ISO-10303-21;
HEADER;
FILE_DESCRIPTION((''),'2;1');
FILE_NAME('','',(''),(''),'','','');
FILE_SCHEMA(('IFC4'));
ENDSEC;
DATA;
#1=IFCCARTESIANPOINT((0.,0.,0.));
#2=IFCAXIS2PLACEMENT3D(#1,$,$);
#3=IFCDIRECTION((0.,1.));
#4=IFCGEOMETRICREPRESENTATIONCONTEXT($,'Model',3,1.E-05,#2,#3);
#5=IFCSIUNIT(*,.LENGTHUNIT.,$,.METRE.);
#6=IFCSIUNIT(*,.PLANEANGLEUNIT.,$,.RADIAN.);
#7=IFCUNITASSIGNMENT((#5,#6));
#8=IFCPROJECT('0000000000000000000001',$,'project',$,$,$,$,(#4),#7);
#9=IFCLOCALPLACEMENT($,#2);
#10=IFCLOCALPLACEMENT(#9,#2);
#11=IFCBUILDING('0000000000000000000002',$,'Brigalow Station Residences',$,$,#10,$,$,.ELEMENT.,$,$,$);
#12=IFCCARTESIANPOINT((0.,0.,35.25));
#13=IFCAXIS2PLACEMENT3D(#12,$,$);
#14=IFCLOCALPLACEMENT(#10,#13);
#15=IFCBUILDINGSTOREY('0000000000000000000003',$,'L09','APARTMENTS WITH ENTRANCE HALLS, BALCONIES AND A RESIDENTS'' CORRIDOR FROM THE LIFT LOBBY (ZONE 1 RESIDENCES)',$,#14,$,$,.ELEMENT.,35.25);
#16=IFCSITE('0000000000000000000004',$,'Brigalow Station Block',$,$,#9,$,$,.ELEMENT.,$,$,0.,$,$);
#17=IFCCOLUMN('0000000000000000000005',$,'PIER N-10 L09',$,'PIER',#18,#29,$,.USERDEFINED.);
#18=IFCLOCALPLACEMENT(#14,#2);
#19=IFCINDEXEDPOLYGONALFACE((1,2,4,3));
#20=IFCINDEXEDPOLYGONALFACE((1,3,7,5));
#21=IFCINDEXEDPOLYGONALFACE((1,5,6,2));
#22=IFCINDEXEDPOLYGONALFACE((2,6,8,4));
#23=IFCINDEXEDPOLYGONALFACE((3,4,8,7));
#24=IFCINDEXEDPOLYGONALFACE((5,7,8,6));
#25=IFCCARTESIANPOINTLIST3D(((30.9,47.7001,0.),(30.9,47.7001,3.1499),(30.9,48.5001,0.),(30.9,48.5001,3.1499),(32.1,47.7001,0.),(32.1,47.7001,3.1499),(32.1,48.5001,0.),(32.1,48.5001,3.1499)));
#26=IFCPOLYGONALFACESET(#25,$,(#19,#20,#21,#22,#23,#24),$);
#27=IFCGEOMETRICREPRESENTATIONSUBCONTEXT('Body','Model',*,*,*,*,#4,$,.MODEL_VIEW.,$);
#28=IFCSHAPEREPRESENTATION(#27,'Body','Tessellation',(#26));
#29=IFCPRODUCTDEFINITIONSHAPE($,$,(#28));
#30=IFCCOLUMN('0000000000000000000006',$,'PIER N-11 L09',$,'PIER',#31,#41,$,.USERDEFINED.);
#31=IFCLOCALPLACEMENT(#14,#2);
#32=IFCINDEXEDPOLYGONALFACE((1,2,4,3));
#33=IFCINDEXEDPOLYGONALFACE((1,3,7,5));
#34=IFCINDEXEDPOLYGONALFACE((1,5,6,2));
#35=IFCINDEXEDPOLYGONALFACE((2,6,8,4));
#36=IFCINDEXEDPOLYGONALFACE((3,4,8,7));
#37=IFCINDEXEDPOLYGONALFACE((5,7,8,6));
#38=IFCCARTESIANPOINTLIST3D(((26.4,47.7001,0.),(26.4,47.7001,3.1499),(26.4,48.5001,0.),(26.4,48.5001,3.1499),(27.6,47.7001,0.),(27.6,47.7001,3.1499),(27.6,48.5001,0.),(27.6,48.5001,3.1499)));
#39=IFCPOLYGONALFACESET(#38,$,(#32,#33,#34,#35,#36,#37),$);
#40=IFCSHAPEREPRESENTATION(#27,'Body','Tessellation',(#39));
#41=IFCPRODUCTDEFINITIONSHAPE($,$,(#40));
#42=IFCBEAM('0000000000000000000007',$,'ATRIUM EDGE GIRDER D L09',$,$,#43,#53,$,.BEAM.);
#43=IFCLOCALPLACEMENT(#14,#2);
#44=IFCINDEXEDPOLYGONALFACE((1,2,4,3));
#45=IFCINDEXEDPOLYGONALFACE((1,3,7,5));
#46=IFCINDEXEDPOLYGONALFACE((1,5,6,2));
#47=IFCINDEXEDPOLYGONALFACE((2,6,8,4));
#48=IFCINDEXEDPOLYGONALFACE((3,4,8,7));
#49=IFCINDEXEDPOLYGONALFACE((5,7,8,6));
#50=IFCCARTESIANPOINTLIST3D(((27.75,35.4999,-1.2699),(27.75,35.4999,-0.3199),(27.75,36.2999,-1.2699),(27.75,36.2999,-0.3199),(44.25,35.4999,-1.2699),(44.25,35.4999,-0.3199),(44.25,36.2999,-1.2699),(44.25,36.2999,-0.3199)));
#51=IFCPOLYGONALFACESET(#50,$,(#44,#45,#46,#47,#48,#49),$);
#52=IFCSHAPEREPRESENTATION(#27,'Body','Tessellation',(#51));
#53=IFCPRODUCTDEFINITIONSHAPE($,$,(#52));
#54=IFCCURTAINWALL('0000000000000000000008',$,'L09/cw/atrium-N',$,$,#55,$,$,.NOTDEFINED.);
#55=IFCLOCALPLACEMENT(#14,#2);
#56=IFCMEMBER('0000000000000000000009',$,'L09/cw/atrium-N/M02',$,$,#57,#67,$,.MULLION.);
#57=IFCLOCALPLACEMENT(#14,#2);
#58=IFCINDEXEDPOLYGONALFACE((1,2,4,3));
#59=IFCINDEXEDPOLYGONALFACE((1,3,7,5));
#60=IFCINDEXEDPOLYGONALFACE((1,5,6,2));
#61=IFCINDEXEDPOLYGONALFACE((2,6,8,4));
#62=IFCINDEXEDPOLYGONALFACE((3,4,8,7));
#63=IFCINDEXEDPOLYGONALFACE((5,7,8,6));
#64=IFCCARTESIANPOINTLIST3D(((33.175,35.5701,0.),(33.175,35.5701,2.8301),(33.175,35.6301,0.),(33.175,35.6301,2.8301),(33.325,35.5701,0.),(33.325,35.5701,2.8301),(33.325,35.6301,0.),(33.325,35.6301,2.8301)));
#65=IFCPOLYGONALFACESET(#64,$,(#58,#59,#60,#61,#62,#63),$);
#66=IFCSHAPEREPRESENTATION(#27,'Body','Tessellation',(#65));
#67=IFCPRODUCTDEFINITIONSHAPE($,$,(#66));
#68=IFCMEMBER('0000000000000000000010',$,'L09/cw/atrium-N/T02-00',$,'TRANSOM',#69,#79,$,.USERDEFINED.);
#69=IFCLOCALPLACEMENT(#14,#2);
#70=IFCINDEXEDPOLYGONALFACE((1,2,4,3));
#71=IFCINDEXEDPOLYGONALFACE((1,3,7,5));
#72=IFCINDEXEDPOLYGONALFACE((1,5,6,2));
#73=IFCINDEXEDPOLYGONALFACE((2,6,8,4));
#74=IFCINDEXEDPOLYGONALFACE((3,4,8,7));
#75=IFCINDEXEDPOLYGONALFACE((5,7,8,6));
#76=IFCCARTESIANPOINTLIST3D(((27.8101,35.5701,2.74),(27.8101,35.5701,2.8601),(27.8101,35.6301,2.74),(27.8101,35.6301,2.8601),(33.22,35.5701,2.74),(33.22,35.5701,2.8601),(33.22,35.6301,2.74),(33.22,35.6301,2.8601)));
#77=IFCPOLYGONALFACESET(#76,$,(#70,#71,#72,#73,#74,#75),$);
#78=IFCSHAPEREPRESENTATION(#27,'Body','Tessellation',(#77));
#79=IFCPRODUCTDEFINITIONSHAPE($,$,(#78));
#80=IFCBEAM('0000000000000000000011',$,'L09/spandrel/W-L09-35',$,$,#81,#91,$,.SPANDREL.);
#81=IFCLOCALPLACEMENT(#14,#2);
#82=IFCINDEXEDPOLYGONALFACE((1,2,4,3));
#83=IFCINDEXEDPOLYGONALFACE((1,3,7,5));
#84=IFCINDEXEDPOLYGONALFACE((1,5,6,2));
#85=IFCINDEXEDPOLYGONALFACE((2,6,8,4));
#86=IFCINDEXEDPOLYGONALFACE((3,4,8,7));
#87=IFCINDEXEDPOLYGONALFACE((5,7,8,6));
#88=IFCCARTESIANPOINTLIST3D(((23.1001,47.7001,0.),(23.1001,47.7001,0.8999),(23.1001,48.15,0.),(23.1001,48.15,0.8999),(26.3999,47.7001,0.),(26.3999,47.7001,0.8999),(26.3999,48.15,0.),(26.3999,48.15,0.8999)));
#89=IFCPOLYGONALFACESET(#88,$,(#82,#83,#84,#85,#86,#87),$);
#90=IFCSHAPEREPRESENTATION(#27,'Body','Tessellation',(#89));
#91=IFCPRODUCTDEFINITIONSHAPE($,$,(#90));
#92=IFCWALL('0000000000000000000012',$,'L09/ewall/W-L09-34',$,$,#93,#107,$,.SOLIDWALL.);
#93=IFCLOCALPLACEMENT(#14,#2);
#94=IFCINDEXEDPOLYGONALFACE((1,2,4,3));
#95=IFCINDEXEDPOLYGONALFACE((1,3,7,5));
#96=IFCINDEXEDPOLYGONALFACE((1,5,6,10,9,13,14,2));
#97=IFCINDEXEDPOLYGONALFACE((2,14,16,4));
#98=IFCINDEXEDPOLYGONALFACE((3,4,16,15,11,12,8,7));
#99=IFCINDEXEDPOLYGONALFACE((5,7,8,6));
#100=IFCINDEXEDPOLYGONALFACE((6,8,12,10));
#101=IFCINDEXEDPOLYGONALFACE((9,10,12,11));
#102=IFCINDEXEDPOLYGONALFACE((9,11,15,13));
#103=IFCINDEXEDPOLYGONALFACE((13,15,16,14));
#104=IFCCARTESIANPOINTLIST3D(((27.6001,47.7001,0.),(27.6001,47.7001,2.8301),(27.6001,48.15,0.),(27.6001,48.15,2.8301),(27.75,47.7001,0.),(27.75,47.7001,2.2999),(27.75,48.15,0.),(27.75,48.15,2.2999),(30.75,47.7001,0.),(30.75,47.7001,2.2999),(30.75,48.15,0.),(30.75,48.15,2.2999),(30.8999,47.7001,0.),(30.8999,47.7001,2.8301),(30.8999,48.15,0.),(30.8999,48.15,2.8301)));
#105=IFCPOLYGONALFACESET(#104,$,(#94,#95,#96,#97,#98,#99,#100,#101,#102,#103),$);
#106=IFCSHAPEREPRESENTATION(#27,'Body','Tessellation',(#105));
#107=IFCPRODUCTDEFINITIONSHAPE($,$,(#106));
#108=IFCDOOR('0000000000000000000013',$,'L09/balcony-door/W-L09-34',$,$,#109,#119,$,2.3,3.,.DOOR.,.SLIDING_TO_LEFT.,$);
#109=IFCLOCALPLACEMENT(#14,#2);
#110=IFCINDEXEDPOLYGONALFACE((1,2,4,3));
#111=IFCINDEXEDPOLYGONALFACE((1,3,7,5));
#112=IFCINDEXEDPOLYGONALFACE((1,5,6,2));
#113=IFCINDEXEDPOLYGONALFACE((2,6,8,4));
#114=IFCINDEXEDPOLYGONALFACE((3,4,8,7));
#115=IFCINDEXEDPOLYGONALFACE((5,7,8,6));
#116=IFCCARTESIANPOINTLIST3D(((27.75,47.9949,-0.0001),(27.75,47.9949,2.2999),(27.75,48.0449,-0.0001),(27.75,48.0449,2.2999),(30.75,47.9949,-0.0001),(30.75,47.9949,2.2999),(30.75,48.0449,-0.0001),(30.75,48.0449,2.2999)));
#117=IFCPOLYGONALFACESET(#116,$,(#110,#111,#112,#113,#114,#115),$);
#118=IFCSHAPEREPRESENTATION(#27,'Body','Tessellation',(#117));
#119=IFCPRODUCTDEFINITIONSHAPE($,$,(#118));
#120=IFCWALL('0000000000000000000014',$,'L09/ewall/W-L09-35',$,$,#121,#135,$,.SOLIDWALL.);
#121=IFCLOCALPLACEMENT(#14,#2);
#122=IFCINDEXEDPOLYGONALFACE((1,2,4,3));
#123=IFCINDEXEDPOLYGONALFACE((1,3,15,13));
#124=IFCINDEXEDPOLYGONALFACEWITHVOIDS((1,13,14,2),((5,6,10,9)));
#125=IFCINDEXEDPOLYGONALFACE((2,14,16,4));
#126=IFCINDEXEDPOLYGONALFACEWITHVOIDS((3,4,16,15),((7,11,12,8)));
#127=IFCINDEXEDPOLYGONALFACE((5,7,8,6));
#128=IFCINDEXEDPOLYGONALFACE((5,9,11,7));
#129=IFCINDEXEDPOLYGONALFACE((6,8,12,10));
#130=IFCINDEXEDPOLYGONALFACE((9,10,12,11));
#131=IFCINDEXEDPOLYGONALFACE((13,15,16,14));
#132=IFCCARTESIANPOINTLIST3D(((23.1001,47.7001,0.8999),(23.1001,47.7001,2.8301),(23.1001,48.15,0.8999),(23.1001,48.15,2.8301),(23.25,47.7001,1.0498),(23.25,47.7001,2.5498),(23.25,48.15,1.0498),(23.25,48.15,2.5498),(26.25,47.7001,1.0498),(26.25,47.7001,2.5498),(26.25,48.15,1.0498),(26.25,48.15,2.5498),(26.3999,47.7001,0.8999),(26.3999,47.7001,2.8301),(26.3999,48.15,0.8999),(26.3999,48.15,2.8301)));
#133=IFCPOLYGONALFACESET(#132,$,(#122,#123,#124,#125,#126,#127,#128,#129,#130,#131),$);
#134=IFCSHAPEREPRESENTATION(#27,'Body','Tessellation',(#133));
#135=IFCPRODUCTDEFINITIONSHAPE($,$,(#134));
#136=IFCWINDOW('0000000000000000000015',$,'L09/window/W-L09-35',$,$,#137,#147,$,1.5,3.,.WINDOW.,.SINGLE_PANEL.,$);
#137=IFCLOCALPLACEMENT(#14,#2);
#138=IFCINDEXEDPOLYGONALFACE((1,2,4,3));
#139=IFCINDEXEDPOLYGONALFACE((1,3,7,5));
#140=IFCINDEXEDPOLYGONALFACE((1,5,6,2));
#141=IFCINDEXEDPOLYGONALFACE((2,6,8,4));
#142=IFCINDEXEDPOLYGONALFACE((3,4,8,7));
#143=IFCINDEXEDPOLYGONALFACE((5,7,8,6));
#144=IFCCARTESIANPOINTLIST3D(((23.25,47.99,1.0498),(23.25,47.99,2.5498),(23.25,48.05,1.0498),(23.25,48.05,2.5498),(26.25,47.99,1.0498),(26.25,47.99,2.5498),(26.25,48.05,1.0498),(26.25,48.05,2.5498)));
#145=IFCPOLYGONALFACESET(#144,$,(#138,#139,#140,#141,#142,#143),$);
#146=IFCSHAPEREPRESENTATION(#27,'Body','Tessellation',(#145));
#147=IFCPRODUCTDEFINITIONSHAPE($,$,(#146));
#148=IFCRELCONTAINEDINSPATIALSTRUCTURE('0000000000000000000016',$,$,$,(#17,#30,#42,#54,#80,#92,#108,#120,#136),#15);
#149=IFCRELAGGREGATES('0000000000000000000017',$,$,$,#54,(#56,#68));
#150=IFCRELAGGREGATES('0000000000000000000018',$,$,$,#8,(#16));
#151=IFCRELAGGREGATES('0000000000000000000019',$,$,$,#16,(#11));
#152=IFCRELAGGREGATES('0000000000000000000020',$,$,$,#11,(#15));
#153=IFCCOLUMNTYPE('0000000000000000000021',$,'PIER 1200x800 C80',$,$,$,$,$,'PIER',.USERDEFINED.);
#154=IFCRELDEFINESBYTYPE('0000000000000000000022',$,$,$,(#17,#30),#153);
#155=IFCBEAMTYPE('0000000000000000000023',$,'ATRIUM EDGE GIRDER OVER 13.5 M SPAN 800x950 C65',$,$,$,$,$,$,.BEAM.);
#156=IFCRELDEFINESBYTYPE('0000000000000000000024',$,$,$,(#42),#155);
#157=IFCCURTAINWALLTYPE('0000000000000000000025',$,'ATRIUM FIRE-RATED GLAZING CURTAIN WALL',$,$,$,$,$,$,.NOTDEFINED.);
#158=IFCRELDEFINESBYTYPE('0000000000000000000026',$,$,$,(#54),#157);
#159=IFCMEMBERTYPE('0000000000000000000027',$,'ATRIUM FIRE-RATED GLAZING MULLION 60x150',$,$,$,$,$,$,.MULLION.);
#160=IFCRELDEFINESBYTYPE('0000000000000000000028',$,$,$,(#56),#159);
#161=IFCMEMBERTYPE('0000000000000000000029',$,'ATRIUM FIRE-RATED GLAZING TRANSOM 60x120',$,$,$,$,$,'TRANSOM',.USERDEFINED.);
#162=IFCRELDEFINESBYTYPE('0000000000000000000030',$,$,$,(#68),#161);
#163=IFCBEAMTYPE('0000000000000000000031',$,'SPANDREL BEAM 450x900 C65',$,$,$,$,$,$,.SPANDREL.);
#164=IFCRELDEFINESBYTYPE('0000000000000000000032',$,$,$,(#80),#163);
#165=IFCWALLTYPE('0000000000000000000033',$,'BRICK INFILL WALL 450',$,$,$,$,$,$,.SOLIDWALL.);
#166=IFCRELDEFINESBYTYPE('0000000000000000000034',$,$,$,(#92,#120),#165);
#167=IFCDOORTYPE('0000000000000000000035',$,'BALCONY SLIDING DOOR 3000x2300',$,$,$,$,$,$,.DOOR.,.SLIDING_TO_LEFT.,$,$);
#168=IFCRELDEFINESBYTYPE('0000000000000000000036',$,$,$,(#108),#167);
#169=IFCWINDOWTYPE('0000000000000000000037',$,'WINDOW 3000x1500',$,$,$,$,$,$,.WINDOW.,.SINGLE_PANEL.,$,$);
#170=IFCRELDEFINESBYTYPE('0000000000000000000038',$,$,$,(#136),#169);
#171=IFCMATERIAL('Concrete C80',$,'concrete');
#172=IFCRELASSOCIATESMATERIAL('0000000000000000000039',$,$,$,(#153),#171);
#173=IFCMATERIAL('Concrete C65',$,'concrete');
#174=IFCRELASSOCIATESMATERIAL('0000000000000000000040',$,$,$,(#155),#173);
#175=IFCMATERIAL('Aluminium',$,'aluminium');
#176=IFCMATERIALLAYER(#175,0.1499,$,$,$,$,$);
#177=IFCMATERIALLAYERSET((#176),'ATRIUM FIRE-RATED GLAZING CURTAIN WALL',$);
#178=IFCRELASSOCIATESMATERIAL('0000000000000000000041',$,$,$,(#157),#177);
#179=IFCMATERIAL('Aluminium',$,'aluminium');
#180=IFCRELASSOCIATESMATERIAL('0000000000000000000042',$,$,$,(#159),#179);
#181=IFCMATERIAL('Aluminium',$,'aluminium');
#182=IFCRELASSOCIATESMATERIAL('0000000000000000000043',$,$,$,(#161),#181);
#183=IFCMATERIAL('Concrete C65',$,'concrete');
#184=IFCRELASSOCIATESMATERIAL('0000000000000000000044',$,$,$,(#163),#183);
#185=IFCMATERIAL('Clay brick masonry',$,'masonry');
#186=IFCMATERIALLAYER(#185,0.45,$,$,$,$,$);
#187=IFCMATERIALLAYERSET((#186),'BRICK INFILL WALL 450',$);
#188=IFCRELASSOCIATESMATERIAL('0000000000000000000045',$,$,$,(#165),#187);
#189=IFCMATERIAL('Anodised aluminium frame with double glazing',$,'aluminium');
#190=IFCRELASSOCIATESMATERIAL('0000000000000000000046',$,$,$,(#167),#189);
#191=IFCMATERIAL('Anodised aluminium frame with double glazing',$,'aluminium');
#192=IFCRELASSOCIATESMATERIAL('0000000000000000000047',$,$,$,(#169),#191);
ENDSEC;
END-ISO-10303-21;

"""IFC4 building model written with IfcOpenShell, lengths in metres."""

from ifc_helpers import new_model, si_unit, direction, frame, frame_2d, origin, origin_2d, place, context, subcontext, project, spatial, rectangle, extrude, material, layer, layer_set, material_profile, profile_set, type_object, element, fill, aggregate, save


model = new_model("IFC4")

# Units and contexts
model_context = context("Model", 3, precision=1e-05, world=origin(), true_north=direction((0.0, 1.0)))
body_context = subcontext(model_context, "Body", "Model", "MODEL_VIEW")
ifc_project = project(units=[si_unit("LENGTHUNIT", "METRE"), si_unit("PLANEANGLEUNIT", "RADIAN")], contexts=[model_context])

# Site, building, storey
site_placement = place(None, origin())
site = spatial("IfcSite", under=ifc_project, at=site_placement, Name="Brigalow Station Block", CompositionType="ELEMENT", RefElevation=0.0)
building_placement = place(site_placement, origin())
building = spatial("IfcBuilding", under=site, at=building_placement, Name="Brigalow Station Residences", CompositionType="ELEMENT")
storey_placement = place(building_placement, frame((0.0, 0.0, 35.25)))
storey = spatial("IfcBuildingStorey", under=building, at=storey_placement, Name="L09", Description="APARTMENTS WITH ENTRANCE HALLS, BALCONIES AND A RESIDENTS' CORRIDOR FROM THE LIFT LOBBY (ZONE 1 RESIDENCES)", CompositionType="ELEMENT", Elevation=35.25)

# Columns
ifc_material_1 = material(Name="Concrete C80", Category="concrete")
ifc_material_profile_1 = material_profile(ifc_material_1, rectangle(XDim=1.2, YDim=0.8, at=origin_2d()), Name="RC1200x800")
ifc_profile_set_1 = profile_set([ifc_material_profile_1], Name="Concrete C80")
column_type = type_object("IfcColumnType", Name="PIER 1200x800 C80", ElementType="PIER", PredefinedType="USERDEFINED", material=ifc_profile_set_1)
for number, where, z_axis, x_axis, name in (
    (1, (31.5, 48.1001, 0.0), (0.0, 0.0, 1.0), (-1.0, 0.0, 0.0), "PIER N-10 L09"),
    (2, (27.0, 48.1001, 0.0), (0.0, 0.0, 1.0), (-1.0, 0.0, 0.0), "PIER N-11 L09"),
):
    element("IfcColumn", number, at=place(storey_placement, frame(where, z_axis=z_axis, x_axis=x_axis)), inside=storey, type_object=column_type, Name=name, ObjectType="PIER", PredefinedType="USERDEFINED", context=body_context, shape_type="SweptSolid", body=[
        extrude(rectangle(XDim=1.2, YDim=0.8, at=origin_2d()), origin(), (0.0, 0.0, 1.0), 3.1499),
    ])

# Beam
ifc_material_2 = material(Name="Concrete C65", Category="concrete")
ifc_material_profile_2 = material_profile(ifc_material_2, rectangle(XDim=0.8, YDim=0.95, at=origin_2d()), Name="RC800x950")
ifc_profile_set_2 = profile_set([ifc_material_profile_2], Name="Concrete C65")
beam_type_1 = type_object("IfcBeamType", Name="ATRIUM EDGE GIRDER OVER 13.5 M SPAN 800x950 C65", PredefinedType="BEAM", material=ifc_profile_set_2)
beam_1_placement = place(storey_placement, frame((27.75, 35.8999, -0.7949), z_axis=(1.0, 0.0, 0.0), x_axis=(0.0, 1.0, 0.0)))
element("IfcBeam", 3, at=beam_1_placement, inside=storey, type_object=beam_type_1, Name="ATRIUM EDGE GIRDER D L09", PredefinedType="BEAM", context=body_context, shape_type="SweptSolid", body=[
    extrude(rectangle(XDim=0.8, YDim=0.95, at=origin_2d()), origin(), (0.0, 0.0, 1.0), 16.5),
])

# Curtain wall, members
ifc_material_3 = material(Name="Aluminium", Category="aluminium")
ifc_layer_1 = layer(ifc_material_3, 0.1499)
ifc_layer_set_1 = layer_set([ifc_layer_1], Name="ATRIUM FIRE-RATED GLAZING CURTAIN WALL")
curtain_wall_type = type_object("IfcCurtainWallType", Name="ATRIUM FIRE-RATED GLAZING CURTAIN WALL", PredefinedType="NOTDEFINED", material=ifc_layer_set_1)
curtain_wall_placement = place(storey_placement, origin())
curtain_wall = element("IfcCurtainWall", 4, at=curtain_wall_placement, inside=storey, type_object=curtain_wall_type, Name="L09/cw/atrium-N", PredefinedType="NOTDEFINED")
ifc_material_4 = material(Name="Aluminium", Category="aluminium")
ifc_material_profile_3 = material_profile(ifc_material_4, rectangle(XDim=0.0601, YDim=0.1499, at=origin_2d()), Name="ATRIUM FIRE-RATED GLAZING MULLION 60x150")
ifc_profile_set_3 = profile_set([ifc_material_profile_3], Name="Aluminium")
member_type_1 = type_object("IfcMemberType", Name="ATRIUM FIRE-RATED GLAZING MULLION 60x150", PredefinedType="MULLION", material=ifc_profile_set_3)
member_1_placement = place(storey_placement, frame((33.25, 35.6001, 0.0), z_axis=(0.0, 0.0, 1.0), x_axis=(0.0, -1.0, 0.0)))
member_1 = element("IfcMember", 5, at=member_1_placement, type_object=member_type_1, Name="L09/cw/atrium-N/M02", PredefinedType="MULLION", context=body_context, shape_type="SweptSolid", body=[
    extrude(rectangle(XDim=0.0601, YDim=0.1499, at=origin_2d()), origin(), (0.0, 0.0, 1.0), 2.8301),
])
ifc_material_5 = material(Name="Aluminium", Category="aluminium")
ifc_material_profile_4 = material_profile(ifc_material_5, rectangle(XDim=0.0601, YDim=0.1201, at=origin_2d()), Name="ATRIUM FIRE-RATED GLAZING TRANSOM 60x120")
ifc_profile_set_4 = profile_set([ifc_material_profile_4], Name="Aluminium")
member_type_2 = type_object("IfcMemberType", Name="ATRIUM FIRE-RATED GLAZING TRANSOM 60x120", ElementType="TRANSOM", PredefinedType="USERDEFINED", material=ifc_profile_set_4)
member_2_placement = place(storey_placement, frame((33.22, 35.6001, 2.8), z_axis=(-1.0, 0.0, 0.0), x_axis=(0.0, -1.0, 0.0)))
member_2 = element("IfcMember", 6, at=member_2_placement, type_object=member_type_2, Name="L09/cw/atrium-N/T02-00", ObjectType="TRANSOM", PredefinedType="USERDEFINED", context=body_context, shape_type="SweptSolid", body=[
    extrude(rectangle(XDim=0.0601, YDim=0.1201, at=origin_2d()), origin(), (0.0, 0.0, 1.0), 5.4099),
])
aggregate(curtain_wall, [member_1, member_2])

# Beam
ifc_material_6 = material(Name="Concrete C65", Category="concrete")
ifc_material_profile_5 = material_profile(ifc_material_6, rectangle(XDim=0.45, YDim=0.8999, at=origin_2d()), Name="RC450x900")
ifc_profile_set_5 = profile_set([ifc_material_profile_5], Name="Concrete C65")
beam_type_2 = type_object("IfcBeamType", Name="SPANDREL BEAM 450x900 C65", PredefinedType="SPANDREL", material=ifc_profile_set_5)
beam_2_placement = place(storey_placement, frame((26.3999, 47.925, 0.45), z_axis=(-1.0, 0.0, 0.0), x_axis=(0.0, -1.0, 0.0)))
element("IfcBeam", 7, at=beam_2_placement, inside=storey, type_object=beam_type_2, Name="L09/spandrel/W-L09-35", PredefinedType="SPANDREL", context=body_context, shape_type="SweptSolid", body=[
    extrude(rectangle(XDim=0.45, YDim=0.8999, at=origin_2d()), origin(), (0.0, 0.0, 1.0), 3.2998),
])

# Wall, opening, door
ifc_material_7 = material(Name="Clay brick masonry", Category="masonry")
ifc_layer_2 = layer(ifc_material_7, 0.45)
ifc_layer_set_2 = layer_set([ifc_layer_2], Name="BRICK INFILL WALL 450")
wall_type_1 = type_object("IfcWallType", Name="BRICK INFILL WALL 450", PredefinedType="SOLIDWALL", material=ifc_layer_set_2)
wall_1_placement = place(storey_placement, frame((30.8999, 47.925, 0.0), z_axis=(0.0, 0.0, 1.0), x_axis=(-1.0, 0.0, 0.0)))
wall_1 = element("IfcWall", 8, at=wall_1_placement, inside=storey, type_object=wall_type_1, Name="L09/ewall/W-L09-34", PredefinedType="SOLIDWALL", context=body_context, shape_type="SweptSolid", body=[
    extrude(rectangle(XDim=3.2998, YDim=0.45, at=frame_2d((1.6499, 0.0))), origin(), (0.0, 0.0, 1.0), 2.8301),
])
opening_1_placement = place(wall_1_placement, frame((0.1499, 0.0, 0.0)))
opening_1 = element("IfcOpeningElement", 9, at=opening_1_placement, cuts=wall_1, PredefinedType="OPENING", context=body_context, shape_type="SweptSolid", body=[
    extrude(rectangle(XDim=3.0, YDim=2.3, at=frame_2d((1.5, 1.1499))), frame((0.0, 0.2349, 0.0), z_axis=(0.0, -1.0, 0.0), x_axis=(1.0, 0.0, 0.0)), (0.0, 0.0, 1.0), 0.47),
])
ifc_material_8 = material(Name="Anodised aluminium frame with double glazing", Category="aluminium")
door_type_1 = type_object("IfcDoorType", Name="BALCONY SLIDING DOOR 3000x2300", OperationType="SLIDING_TO_LEFT", PredefinedType="DOOR", material=ifc_material_8)
door_1_placement = place(opening_1_placement, origin())
door_1 = element("IfcDoor", 10, at=door_1_placement, inside=storey, type_object=door_type_1, Name="L09/balcony-door/W-L09-34", OperationType="SLIDING_TO_LEFT", OverallHeight=2.3, OverallWidth=3.0, PredefinedType="DOOR", context=body_context, shape_type="SweptSolid", body=[
    extrude(rectangle(XDim=3.0, YDim=2.3, at=frame_2d((1.5, 1.1499))), frame((0.0, -0.0698, 0.0), z_axis=(0.0, -1.0, 0.0), x_axis=(1.0, 0.0, 0.0)), (0.0, 0.0, 1.0), 0.05),
])
fill(opening_1, door_1)

# Wall, opening, window
wall_2_placement = place(storey_placement, frame((26.3999, 47.925, 0.8999), z_axis=(0.0, 0.0, 1.0), x_axis=(-1.0, 0.0, 0.0)))
wall_2 = element("IfcWall", 11, at=wall_2_placement, inside=storey, type_object=wall_type_1, Name="L09/ewall/W-L09-35", PredefinedType="SOLIDWALL", context=body_context, shape_type="SweptSolid", body=[
    extrude(rectangle(XDim=3.2998, YDim=0.45, at=frame_2d((1.6499, 0.0))), origin(), (0.0, 0.0, 1.0), 1.9302),
])
opening_2_placement = place(wall_2_placement, frame((0.1499, 0.0, 0.1499)))
opening_2 = element("IfcOpeningElement", 12, at=opening_2_placement, cuts=wall_2, PredefinedType="OPENING", context=body_context, shape_type="SweptSolid", body=[
    extrude(rectangle(XDim=3.0, YDim=1.5, at=frame_2d((1.5, 0.75))), frame((0.0, 0.2349, 0.0), z_axis=(0.0, -1.0, 0.0), x_axis=(1.0, 0.0, 0.0)), (0.0, 0.0, 1.0), 0.47),
])
ifc_material_9 = material(Name="Anodised aluminium frame with double glazing", Category="aluminium")
window_type = type_object("IfcWindowType", Name="WINDOW 3000x1500", PartitioningType="SINGLE_PANEL", PredefinedType="WINDOW", material=ifc_material_9)
window_placement = place(opening_2_placement, origin())
window = element("IfcWindow", 13, at=window_placement, inside=storey, type_object=window_type, Name="L09/window/W-L09-35", OverallHeight=1.5, OverallWidth=3.0, PartitioningType="SINGLE_PANEL", PredefinedType="WINDOW", context=body_context, shape_type="SweptSolid", body=[
    extrude(rectangle(XDim=3.0, YDim=1.5, at=frame_2d((1.5, 0.75))), frame((0.0, -0.0649, 0.0), z_axis=(0.0, -1.0, 0.0), x_axis=(1.0, 0.0, 0.0)), (0.0, 0.0, 1.0), 0.0601),
])
fill(opening_2, window)

save(model, "model.ifc")
